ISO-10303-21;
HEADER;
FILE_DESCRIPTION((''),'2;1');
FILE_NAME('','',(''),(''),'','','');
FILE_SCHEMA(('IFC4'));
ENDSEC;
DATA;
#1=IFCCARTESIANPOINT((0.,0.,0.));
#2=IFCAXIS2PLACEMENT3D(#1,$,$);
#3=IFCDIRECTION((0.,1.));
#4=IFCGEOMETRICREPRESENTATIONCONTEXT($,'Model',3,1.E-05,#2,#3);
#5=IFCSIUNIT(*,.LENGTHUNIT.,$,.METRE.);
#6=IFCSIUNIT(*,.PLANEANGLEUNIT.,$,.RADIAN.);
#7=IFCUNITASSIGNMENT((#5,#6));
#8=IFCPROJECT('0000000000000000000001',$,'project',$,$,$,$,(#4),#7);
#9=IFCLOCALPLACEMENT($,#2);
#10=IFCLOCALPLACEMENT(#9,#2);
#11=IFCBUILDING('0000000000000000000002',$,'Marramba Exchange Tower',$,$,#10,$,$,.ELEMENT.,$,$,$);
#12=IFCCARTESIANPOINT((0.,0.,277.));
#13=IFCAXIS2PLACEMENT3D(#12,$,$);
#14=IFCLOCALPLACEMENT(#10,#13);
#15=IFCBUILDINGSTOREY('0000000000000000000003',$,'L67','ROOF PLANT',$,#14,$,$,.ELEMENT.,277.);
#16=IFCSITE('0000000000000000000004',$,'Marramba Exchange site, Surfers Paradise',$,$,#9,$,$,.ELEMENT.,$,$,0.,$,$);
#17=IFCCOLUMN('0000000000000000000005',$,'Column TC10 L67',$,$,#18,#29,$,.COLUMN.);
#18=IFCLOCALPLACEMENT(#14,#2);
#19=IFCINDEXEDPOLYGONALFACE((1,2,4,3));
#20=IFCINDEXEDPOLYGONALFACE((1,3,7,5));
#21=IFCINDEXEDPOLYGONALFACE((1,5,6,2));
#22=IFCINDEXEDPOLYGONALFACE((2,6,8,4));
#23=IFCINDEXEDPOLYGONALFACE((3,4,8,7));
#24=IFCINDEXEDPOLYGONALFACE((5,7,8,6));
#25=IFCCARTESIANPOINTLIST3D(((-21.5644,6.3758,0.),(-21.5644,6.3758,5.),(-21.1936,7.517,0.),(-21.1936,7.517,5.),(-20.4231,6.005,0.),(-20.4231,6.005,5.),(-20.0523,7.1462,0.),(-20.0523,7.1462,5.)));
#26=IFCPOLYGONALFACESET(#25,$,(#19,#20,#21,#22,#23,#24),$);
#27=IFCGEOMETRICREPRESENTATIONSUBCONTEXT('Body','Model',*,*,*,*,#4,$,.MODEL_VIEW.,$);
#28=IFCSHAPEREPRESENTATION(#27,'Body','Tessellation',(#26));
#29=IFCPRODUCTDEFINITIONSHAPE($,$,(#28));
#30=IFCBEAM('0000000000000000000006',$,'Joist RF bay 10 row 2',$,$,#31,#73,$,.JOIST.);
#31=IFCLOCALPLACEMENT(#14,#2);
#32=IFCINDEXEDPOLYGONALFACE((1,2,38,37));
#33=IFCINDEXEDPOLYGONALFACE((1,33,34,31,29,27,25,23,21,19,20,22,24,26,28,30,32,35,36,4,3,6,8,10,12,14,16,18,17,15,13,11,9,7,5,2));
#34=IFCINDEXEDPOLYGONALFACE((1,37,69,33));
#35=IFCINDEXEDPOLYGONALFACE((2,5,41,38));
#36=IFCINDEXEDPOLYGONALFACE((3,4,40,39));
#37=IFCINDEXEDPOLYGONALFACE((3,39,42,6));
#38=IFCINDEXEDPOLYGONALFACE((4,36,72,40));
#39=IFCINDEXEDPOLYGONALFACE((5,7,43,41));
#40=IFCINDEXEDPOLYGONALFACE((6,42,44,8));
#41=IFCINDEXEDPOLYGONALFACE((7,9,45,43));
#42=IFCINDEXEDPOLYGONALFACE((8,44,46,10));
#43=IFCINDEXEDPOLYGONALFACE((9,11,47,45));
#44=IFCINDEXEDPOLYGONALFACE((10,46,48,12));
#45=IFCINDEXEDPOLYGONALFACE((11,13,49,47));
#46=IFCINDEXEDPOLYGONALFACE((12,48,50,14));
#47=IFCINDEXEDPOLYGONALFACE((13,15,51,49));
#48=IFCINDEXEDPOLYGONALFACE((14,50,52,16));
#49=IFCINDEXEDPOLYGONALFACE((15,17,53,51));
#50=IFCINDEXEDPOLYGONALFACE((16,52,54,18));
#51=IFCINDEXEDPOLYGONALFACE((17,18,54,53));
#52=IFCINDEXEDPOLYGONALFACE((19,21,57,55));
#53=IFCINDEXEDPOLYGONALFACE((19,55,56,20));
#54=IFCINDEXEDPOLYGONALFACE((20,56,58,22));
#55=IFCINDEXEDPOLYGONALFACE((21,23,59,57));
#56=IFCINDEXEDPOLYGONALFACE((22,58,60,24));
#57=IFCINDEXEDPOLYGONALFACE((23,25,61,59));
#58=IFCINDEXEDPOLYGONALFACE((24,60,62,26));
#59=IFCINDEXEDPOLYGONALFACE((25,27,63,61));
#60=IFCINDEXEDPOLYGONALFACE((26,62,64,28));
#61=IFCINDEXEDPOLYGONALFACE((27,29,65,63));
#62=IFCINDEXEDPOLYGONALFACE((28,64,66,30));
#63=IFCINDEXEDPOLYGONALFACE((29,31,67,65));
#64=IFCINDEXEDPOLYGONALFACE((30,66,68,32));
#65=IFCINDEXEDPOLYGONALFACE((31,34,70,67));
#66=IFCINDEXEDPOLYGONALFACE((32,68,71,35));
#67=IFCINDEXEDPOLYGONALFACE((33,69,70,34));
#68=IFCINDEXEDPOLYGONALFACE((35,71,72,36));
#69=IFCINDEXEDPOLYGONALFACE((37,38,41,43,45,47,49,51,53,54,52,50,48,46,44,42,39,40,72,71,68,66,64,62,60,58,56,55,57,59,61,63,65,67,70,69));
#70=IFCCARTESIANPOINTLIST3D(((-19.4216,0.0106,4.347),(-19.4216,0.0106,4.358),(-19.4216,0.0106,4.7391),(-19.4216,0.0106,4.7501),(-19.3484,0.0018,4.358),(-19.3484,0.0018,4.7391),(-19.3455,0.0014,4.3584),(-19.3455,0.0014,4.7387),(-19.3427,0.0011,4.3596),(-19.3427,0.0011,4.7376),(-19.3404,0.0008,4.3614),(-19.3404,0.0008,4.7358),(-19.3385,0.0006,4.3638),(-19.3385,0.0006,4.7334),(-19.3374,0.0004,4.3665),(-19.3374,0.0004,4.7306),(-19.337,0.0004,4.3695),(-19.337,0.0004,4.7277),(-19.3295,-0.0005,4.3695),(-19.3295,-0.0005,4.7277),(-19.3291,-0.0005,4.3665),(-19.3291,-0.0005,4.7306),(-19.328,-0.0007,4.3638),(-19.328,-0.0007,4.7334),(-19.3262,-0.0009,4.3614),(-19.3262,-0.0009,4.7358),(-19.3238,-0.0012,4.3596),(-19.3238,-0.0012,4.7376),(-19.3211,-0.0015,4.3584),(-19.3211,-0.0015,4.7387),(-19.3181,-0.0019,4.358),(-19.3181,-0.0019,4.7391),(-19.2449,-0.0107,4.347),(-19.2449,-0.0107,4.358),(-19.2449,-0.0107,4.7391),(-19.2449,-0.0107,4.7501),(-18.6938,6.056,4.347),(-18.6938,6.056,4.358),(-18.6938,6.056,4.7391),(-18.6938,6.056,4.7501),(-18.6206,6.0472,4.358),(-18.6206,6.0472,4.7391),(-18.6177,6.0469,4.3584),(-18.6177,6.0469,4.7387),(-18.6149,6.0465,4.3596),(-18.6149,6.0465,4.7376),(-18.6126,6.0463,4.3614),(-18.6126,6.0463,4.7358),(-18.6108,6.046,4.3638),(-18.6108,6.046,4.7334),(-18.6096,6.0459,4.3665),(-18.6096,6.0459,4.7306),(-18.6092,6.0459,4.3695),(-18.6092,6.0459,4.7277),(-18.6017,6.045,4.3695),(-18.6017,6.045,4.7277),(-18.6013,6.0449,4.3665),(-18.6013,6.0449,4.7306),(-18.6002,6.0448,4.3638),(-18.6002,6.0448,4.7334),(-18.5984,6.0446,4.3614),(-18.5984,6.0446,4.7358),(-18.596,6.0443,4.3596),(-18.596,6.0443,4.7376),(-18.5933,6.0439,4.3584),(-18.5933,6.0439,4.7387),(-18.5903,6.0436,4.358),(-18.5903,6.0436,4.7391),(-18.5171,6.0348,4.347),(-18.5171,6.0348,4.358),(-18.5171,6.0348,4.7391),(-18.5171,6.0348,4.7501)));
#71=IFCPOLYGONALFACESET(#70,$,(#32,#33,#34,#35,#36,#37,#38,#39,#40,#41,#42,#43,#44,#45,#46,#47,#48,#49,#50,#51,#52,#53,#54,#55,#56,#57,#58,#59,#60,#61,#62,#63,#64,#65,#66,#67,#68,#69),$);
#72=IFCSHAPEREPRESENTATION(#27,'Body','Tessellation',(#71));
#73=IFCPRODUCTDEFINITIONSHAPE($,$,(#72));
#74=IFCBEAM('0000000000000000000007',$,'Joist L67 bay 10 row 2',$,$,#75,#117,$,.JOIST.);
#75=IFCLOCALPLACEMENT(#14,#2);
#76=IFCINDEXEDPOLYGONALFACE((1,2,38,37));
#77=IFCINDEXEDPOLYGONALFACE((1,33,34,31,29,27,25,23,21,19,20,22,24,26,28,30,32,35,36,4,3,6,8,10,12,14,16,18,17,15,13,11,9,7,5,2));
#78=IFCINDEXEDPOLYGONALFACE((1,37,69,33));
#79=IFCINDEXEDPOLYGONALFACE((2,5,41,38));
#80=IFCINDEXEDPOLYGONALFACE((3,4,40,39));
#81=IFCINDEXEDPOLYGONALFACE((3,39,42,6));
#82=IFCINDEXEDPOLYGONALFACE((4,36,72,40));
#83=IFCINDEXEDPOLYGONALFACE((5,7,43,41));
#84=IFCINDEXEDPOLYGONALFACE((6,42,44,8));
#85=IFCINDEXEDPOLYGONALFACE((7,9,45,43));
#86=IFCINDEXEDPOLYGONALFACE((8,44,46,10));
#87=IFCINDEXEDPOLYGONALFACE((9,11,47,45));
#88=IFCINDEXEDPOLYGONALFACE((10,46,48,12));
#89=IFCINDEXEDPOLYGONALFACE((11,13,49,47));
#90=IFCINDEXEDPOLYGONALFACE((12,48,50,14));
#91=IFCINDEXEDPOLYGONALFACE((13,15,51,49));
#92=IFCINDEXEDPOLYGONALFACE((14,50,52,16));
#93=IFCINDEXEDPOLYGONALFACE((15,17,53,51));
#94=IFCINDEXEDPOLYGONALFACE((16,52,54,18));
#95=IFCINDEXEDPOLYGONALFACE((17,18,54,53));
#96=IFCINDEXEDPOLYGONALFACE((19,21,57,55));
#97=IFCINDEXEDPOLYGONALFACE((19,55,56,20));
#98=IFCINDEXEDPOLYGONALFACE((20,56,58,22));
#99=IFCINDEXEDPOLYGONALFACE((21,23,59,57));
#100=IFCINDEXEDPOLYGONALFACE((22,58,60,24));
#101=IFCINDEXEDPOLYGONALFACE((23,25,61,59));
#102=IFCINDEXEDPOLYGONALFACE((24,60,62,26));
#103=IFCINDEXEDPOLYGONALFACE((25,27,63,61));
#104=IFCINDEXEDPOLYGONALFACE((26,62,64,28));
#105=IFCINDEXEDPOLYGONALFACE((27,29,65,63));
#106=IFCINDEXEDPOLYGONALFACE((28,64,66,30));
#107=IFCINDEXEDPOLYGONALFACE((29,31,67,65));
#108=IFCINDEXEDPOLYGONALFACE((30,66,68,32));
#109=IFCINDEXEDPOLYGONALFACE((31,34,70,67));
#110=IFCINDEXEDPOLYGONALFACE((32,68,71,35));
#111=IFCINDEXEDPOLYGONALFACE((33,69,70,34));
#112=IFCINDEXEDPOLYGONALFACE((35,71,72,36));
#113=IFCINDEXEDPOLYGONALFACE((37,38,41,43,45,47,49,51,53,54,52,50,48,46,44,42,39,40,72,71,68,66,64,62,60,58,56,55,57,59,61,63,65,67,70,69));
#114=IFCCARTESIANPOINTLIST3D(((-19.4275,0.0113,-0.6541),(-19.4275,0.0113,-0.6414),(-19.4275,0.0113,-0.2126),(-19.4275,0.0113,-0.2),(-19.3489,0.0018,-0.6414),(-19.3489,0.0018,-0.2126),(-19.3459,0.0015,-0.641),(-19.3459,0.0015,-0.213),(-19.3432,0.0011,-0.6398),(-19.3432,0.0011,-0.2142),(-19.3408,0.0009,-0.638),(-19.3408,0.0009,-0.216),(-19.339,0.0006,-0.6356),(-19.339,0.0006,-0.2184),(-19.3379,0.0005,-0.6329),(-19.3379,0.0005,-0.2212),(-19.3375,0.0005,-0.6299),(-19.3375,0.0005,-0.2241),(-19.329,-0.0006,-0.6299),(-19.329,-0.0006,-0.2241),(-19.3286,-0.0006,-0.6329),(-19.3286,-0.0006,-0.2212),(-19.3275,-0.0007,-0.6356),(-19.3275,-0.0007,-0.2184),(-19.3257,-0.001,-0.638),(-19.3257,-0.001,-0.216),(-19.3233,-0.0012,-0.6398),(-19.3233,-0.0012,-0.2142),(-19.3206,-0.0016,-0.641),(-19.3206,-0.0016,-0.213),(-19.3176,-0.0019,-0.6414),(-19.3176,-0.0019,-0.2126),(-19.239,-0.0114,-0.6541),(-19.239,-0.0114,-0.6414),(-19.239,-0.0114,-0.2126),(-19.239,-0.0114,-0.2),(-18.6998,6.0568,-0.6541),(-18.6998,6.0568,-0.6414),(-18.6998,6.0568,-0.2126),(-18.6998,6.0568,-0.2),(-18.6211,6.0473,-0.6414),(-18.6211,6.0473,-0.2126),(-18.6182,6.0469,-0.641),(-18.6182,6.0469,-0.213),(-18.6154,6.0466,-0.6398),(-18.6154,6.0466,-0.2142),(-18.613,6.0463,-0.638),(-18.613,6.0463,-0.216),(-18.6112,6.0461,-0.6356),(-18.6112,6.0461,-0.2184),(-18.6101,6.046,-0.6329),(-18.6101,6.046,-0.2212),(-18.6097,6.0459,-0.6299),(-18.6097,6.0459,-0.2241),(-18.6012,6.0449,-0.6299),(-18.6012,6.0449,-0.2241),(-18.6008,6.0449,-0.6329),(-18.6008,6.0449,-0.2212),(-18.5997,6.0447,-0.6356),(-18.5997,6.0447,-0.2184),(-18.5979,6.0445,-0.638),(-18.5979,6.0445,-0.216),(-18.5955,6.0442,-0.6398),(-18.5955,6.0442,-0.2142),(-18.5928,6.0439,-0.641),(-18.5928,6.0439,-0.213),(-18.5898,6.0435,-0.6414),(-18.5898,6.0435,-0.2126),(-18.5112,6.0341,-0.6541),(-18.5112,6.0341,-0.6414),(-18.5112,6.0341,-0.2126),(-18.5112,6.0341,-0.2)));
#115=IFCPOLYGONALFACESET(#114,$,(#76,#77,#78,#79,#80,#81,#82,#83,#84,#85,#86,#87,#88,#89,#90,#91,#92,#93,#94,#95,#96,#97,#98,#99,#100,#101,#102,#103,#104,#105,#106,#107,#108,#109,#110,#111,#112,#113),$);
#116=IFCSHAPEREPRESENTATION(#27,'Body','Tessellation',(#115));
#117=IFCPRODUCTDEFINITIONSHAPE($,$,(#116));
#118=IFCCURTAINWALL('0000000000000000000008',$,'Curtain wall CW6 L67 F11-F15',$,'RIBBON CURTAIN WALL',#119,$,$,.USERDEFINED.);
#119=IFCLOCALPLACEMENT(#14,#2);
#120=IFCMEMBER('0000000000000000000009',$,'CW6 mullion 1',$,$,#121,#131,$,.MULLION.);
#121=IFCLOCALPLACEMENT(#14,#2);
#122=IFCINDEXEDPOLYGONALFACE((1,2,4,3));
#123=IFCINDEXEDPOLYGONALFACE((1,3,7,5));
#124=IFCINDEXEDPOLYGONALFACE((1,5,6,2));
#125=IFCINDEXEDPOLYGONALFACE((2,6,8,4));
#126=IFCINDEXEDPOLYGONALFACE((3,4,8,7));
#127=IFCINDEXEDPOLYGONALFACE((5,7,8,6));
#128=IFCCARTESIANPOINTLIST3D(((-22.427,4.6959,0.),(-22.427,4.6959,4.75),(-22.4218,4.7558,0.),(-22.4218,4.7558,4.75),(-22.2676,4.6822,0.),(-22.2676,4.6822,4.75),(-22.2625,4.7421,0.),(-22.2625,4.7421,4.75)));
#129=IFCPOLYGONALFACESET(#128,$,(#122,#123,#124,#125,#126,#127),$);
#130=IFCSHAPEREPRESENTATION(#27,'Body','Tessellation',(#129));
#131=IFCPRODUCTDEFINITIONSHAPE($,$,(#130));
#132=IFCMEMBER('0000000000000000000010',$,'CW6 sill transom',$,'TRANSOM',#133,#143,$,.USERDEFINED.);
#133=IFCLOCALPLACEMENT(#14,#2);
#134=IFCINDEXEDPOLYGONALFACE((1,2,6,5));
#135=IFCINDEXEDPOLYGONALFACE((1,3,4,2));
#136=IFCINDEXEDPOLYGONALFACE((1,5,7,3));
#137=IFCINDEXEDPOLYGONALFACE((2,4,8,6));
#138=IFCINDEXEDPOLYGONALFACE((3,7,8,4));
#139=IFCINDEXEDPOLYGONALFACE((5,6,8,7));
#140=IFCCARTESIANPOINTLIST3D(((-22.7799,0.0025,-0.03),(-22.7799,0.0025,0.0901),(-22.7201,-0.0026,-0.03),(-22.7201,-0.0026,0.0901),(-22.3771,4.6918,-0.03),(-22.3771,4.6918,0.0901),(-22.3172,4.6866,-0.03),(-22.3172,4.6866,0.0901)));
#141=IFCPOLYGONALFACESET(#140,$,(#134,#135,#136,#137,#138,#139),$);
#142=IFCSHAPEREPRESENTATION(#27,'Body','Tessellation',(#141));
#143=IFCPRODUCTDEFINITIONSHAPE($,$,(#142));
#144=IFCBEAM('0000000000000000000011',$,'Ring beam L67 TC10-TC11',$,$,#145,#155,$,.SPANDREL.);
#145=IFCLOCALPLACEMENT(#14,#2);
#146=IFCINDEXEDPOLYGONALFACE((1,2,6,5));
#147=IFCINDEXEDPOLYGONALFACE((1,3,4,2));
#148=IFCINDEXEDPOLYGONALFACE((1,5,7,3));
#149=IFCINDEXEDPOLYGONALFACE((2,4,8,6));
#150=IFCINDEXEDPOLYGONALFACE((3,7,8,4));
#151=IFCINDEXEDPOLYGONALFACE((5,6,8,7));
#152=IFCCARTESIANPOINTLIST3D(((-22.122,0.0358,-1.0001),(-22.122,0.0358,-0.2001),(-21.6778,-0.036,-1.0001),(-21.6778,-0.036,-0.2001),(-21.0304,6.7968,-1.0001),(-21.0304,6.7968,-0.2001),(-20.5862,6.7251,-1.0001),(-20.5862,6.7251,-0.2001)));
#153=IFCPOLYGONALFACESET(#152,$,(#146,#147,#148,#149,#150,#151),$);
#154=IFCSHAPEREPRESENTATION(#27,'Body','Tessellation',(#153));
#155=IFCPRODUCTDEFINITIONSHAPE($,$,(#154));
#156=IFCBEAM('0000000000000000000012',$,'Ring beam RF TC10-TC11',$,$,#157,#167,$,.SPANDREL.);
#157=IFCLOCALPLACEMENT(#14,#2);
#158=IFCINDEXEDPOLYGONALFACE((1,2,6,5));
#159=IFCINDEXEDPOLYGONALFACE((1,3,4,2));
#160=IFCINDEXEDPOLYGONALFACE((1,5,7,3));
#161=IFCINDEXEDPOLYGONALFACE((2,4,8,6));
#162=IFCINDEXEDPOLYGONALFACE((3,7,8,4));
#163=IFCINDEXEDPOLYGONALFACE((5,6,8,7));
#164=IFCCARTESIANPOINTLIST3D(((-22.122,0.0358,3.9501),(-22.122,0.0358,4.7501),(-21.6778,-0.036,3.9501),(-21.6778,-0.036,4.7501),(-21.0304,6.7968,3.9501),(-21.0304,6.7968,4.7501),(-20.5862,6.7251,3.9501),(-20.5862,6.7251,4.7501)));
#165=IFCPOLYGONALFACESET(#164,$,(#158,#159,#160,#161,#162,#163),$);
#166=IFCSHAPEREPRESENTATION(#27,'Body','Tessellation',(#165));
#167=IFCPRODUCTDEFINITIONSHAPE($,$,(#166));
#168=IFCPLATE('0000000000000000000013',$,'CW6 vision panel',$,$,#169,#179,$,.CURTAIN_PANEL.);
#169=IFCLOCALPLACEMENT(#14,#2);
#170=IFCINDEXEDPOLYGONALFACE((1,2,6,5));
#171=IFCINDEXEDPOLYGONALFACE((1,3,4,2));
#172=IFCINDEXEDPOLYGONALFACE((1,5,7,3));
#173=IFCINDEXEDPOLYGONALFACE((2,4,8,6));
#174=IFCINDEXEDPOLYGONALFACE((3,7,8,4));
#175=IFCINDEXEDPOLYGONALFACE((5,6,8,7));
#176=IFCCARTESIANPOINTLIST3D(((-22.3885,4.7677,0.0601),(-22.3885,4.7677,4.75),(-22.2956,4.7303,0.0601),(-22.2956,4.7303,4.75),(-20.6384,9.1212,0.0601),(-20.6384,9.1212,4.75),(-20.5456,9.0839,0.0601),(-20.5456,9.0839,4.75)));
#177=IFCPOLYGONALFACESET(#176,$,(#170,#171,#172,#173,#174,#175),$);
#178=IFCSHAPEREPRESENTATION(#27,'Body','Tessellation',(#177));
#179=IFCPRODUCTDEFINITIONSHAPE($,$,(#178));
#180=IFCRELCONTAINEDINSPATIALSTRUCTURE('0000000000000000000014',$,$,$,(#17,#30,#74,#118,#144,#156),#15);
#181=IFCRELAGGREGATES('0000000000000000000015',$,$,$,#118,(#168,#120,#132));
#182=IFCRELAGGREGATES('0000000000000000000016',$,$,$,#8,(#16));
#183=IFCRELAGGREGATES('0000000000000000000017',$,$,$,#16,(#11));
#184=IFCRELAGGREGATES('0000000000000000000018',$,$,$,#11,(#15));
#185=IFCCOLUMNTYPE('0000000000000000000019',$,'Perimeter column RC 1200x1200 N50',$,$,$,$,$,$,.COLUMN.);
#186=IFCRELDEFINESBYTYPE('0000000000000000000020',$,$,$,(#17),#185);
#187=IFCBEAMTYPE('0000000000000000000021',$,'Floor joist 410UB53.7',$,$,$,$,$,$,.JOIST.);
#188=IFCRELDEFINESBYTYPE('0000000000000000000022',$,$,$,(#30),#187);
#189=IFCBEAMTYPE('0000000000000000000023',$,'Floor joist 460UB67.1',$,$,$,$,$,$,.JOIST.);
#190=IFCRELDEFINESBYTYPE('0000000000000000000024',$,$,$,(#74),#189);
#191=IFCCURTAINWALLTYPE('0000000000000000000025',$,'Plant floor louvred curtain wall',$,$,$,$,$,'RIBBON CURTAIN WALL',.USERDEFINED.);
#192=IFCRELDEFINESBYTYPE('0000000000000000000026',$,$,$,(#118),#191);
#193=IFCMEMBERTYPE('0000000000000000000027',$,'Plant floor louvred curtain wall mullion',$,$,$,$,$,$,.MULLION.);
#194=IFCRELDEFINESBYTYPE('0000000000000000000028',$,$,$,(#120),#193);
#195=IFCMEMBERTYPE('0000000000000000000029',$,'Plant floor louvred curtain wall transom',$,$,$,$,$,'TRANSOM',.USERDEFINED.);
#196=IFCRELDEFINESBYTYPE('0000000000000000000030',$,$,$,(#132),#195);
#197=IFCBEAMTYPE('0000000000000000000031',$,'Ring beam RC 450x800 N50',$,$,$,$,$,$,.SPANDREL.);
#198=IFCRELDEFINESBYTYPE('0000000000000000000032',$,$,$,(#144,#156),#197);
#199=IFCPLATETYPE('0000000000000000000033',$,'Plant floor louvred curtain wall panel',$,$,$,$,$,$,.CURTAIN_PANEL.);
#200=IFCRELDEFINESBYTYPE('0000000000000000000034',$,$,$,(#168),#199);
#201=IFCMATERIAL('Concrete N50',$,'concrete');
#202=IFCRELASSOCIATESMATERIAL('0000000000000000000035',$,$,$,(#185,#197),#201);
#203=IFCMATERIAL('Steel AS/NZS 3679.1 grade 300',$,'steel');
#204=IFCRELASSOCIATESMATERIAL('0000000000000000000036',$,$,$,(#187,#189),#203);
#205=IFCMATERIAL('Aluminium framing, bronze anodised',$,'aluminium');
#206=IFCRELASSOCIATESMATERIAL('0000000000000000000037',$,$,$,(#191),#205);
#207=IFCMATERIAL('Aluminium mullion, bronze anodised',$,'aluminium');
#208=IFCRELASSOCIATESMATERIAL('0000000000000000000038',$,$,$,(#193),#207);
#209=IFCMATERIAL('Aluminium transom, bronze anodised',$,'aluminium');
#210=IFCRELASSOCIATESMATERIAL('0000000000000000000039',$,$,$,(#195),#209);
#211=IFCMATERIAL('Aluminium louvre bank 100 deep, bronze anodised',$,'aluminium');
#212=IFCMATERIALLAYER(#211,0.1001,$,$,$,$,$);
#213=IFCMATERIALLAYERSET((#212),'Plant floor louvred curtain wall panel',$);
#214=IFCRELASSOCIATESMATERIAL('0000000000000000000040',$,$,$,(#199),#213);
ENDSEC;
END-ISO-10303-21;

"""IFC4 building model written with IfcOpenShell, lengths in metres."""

from ifc_helpers import new_model, si_unit, direction, frame, origin, origin_2d, place, context, subcontext, project, spatial, rectangle, i_section, extrude, material, layer, layer_set, material_profile, profile_set, type_object, element, aggregate, save


model = new_model("IFC4")

# Units and contexts
model_context = context("Model", 3, precision=1e-05, world=origin(), true_north=direction((0.0, 1.0)))
body_context = subcontext(model_context, "Body", "Model", "MODEL_VIEW")
ifc_project = project(units=[si_unit("LENGTHUNIT", "METRE"), si_unit("PLANEANGLEUNIT", "RADIAN")], contexts=[model_context])

# Site, building, storey
site_placement = place(None, origin())
site = spatial("IfcSite", under=ifc_project, at=site_placement, Name="Marramba Exchange site, Surfers Paradise", CompositionType="ELEMENT", RefElevation=0.0)
building_placement = place(site_placement, origin())
building = spatial("IfcBuilding", under=site, at=building_placement, Name="Marramba Exchange Tower", CompositionType="ELEMENT")
storey_placement = place(building_placement, frame((0.0, 0.0, 277.0)))
storey = spatial("IfcBuildingStorey", under=building, at=storey_placement, Name="L67", Description="ROOF PLANT", CompositionType="ELEMENT", Elevation=277.0)

# Column
ifc_material_1 = material(Name="Concrete N50", Category="concrete")
ifc_material_profile_1 = material_profile(ifc_material_1, rectangle(XDim=1.2, YDim=1.2, at=origin_2d()), Name="RC 1200x1200")
ifc_profile_set_1 = profile_set([ifc_material_profile_1], Name="Concrete N50")
column_type = type_object("IfcColumnType", Name="Perimeter column RC 1200x1200 N50", PredefinedType="COLUMN", material=ifc_profile_set_1)
column_placement = place(storey_placement, frame((-20.8083, 6.761, 0.0), z_axis=(0.0, 0.0, 1.0), x_axis=(-0.951057, 0.309017, 0.0)))
element("IfcColumn", 1, at=column_placement, inside=storey, type_object=column_type, Name="Column TC10 L67", PredefinedType="COLUMN", context=body_context, shape_type="SweptSolid", body=[
    extrude(rectangle(XDim=1.2, YDim=1.2, at=origin_2d()), origin(), (0.0, 0.0, 1.0), 5.0),
])

# Beams
ifc_material_2 = material(Name="Steel AS/NZS 3679.1 grade 300", Category="steel")
ifc_material_profile_2 = material_profile(ifc_material_2, i_section(OverallWidth=0.178, OverallDepth=0.4031, WebThickness=0.0076, FlangeThickness=0.011, FilletRadius=0.0115, at=origin_2d()), Name="410UB53.7")
ifc_profile_set_2 = profile_set([ifc_material_profile_2], Name="Steel AS/NZS 3679.1 grade 300")
beam_type_1 = type_object("IfcBeamType", Name="Floor joist 410UB53.7", PredefinedType="JOIST", material=ifc_profile_set_2)
beam_1_placement = place(storey_placement, frame((-18.6055, 6.0454, 4.5486), z_axis=(-0.119523, -0.992831, 0.0), x_axis=(0.992831, -0.119523, 0.0)))
element("IfcBeam", 2, at=beam_1_placement, inside=storey, type_object=beam_type_1, Name="Joist RF bay 10 row 2", PredefinedType="JOIST", context=body_context, shape_type="SweptSolid", body=[
    extrude(i_section(OverallWidth=0.178, OverallDepth=0.4031, WebThickness=0.0076, FlangeThickness=0.011, FilletRadius=0.0115, at=origin_2d()), origin(), (0.0, 0.0, 1.0), 6.0891),
])
ifc_material_profile_3 = material_profile(ifc_material_2, i_section(OverallWidth=0.1899, OverallDepth=0.4541, WebThickness=0.0085, FlangeThickness=0.0127, FilletRadius=0.0115, at=origin_2d()), Name="460UB67.1")
ifc_profile_set_3 = profile_set([ifc_material_profile_3], Name="Steel AS/NZS 3679.1 grade 300")
beam_type_2 = type_object("IfcBeamType", Name="Floor joist 460UB67.1", PredefinedType="JOIST", material=ifc_profile_set_3)
beam_2_placement = place(storey_placement, frame((-18.6055, 6.0454, -0.427), z_axis=(-0.119523, -0.992831, 0.0), x_axis=(0.992831, -0.119523, 0.0)))
element("IfcBeam", 3, at=beam_2_placement, inside=storey, type_object=beam_type_2, Name="Joist L67 bay 10 row 2", PredefinedType="JOIST", context=body_context, shape_type="SweptSolid", body=[
    extrude(i_section(OverallWidth=0.1899, OverallDepth=0.4541, WebThickness=0.0085, FlangeThickness=0.0127, FilletRadius=0.0115, at=origin_2d()), origin(), (0.0, 0.0, 1.0), 6.0891),
])

# Curtain wall, members
ifc_material_3 = material(Name="Aluminium framing, bronze anodised", Category="aluminium")
curtain_wall_type = type_object("IfcCurtainWallType", Name="Plant floor louvred curtain wall", ElementType="RIBBON CURTAIN WALL", PredefinedType="USERDEFINED", material=ifc_material_3)
curtain_wall_placement = place(storey_placement, origin())
curtain_wall = element("IfcCurtainWall", 4, at=curtain_wall_placement, inside=storey, type_object=curtain_wall_type, Name="Curtain wall CW6 L67 F11-F15", ObjectType="RIBBON CURTAIN WALL", PredefinedType="USERDEFINED")
ifc_material_4 = material(Name="Aluminium mullion, bronze anodised", Category="aluminium")
ifc_material_profile_4 = material_profile(ifc_material_4, rectangle(XDim=0.1599, YDim=0.0601, at=origin_2d()), Name="CW6 mullion 60x160")
ifc_profile_set_4 = profile_set([ifc_material_profile_4], Name="Aluminium mullion, bronze anodised")
member_type_1 = type_object("IfcMemberType", Name="Plant floor louvred curtain wall mullion", PredefinedType="MULLION", material=ifc_profile_set_4)
member_1_placement = place(storey_placement, frame((-22.3447, 4.719, 0.0), z_axis=(0.0, 0.0, 1.0), x_axis=(0.996332, -0.085574, 0.0)))
member_1 = element("IfcMember", 5, at=member_1_placement, type_object=member_type_1, Name="CW6 mullion 1", PredefinedType="MULLION", context=body_context, shape_type="SweptSolid", body=[
    extrude(rectangle(XDim=0.1599, YDim=0.0601, at=origin_2d()), origin(), (0.0, 0.0, 1.0), 4.75),
])
ifc_material_5 = material(Name="Aluminium transom, bronze anodised", Category="aluminium")
ifc_material_profile_5 = material_profile(ifc_material_5, rectangle(XDim=0.0601, YDim=0.1201, at=origin_2d()), Name="CW6 transom 60x120")
ifc_profile_set_5 = profile_set([ifc_material_profile_5], Name="Aluminium transom, bronze anodised")
member_type_2 = type_object("IfcMemberType", Name="Plant floor louvred curtain wall transom", ElementType="TRANSOM", PredefinedType="USERDEFINED", material=ifc_profile_set_5)
member_2_placement = place(storey_placement, frame((-22.3472, 4.6892, 0.03), z_axis=(-0.085591, -0.99633, 0.0), x_axis=(0.99633, -0.085591, 0.0)))
member_2 = element("IfcMember", 6, at=member_2_placement, type_object=member_type_2, Name="CW6 sill transom", ObjectType="TRANSOM", PredefinedType="USERDEFINED", context=body_context, shape_type="SweptSolid", body=[
    extrude(rectangle(XDim=0.0601, YDim=0.1201, at=origin_2d()), origin(), (0.0, 0.0, 1.0), 4.7065),
])

# Beams
ifc_material_profile_6 = material_profile(ifc_material_1, rectangle(XDim=0.45, YDim=0.8, at=origin_2d()), Name="RC 450x800")
ifc_profile_set_6 = profile_set([ifc_material_profile_6], Name="Concrete N50")
beam_type_3 = type_object("IfcBeamType", Name="Ring beam RC 450x800 N50", PredefinedType="SPANDREL", material=ifc_profile_set_6)
for number, where, z_axis, x_axis, name in (
    (7, (-20.8083, 6.761, -0.6001), (-0.159385, -0.987217, 0.0), (0.987217, -0.159385, 0.0), "Ring beam L67 TC10-TC11"),
    (8, (-20.8083, 6.761, 4.3501), (-0.159385, -0.987217, 0.0), (0.987217, -0.159385, 0.0), "Ring beam RF TC10-TC11"),
):
    element("IfcBeam", number, at=place(storey_placement, frame(where, z_axis=z_axis, x_axis=x_axis)), inside=storey, type_object=beam_type_3, Name=name, PredefinedType="SPANDREL", context=body_context, shape_type="SweptSolid", body=[
        extrude(rectangle(XDim=0.45, YDim=0.8, at=origin_2d()), origin(), (0.0, 0.0, 1.0), 6.8486),
    ])

# Plate
ifc_material_6 = material(Name="Aluminium louvre bank 100 deep, bronze anodised", Category="aluminium")
ifc_layer_1 = layer(ifc_material_6, 0.1001)
ifc_layer_set_1 = layer_set([ifc_layer_1], Name="Plant floor louvred curtain wall panel")
plate_type = type_object("IfcPlateType", Name="Plant floor louvred curtain wall panel", PredefinedType="CURTAIN_PANEL", material=ifc_layer_set_1)
plate_1_placement = place(storey_placement, frame((-21.467, 6.9258, 0.0601), z_axis=(0.0, 0.0, 1.0), x_axis=(-0.372983, -0.927838, 0.0)))
plate_1 = element("IfcPlate", 9, at=plate_1_placement, type_object=plate_type, Name="CW6 vision panel", PredefinedType="CURTAIN_PANEL", context=body_context, shape_type="SweptSolid", body=[
    extrude(rectangle(XDim=4.6921, YDim=0.1001, at=origin_2d()), origin(), (0.0, 0.0, 1.0), 4.6899),
])
aggregate(curtain_wall, [plate_1, member_1, member_2])

save(model, "model.ifc")
